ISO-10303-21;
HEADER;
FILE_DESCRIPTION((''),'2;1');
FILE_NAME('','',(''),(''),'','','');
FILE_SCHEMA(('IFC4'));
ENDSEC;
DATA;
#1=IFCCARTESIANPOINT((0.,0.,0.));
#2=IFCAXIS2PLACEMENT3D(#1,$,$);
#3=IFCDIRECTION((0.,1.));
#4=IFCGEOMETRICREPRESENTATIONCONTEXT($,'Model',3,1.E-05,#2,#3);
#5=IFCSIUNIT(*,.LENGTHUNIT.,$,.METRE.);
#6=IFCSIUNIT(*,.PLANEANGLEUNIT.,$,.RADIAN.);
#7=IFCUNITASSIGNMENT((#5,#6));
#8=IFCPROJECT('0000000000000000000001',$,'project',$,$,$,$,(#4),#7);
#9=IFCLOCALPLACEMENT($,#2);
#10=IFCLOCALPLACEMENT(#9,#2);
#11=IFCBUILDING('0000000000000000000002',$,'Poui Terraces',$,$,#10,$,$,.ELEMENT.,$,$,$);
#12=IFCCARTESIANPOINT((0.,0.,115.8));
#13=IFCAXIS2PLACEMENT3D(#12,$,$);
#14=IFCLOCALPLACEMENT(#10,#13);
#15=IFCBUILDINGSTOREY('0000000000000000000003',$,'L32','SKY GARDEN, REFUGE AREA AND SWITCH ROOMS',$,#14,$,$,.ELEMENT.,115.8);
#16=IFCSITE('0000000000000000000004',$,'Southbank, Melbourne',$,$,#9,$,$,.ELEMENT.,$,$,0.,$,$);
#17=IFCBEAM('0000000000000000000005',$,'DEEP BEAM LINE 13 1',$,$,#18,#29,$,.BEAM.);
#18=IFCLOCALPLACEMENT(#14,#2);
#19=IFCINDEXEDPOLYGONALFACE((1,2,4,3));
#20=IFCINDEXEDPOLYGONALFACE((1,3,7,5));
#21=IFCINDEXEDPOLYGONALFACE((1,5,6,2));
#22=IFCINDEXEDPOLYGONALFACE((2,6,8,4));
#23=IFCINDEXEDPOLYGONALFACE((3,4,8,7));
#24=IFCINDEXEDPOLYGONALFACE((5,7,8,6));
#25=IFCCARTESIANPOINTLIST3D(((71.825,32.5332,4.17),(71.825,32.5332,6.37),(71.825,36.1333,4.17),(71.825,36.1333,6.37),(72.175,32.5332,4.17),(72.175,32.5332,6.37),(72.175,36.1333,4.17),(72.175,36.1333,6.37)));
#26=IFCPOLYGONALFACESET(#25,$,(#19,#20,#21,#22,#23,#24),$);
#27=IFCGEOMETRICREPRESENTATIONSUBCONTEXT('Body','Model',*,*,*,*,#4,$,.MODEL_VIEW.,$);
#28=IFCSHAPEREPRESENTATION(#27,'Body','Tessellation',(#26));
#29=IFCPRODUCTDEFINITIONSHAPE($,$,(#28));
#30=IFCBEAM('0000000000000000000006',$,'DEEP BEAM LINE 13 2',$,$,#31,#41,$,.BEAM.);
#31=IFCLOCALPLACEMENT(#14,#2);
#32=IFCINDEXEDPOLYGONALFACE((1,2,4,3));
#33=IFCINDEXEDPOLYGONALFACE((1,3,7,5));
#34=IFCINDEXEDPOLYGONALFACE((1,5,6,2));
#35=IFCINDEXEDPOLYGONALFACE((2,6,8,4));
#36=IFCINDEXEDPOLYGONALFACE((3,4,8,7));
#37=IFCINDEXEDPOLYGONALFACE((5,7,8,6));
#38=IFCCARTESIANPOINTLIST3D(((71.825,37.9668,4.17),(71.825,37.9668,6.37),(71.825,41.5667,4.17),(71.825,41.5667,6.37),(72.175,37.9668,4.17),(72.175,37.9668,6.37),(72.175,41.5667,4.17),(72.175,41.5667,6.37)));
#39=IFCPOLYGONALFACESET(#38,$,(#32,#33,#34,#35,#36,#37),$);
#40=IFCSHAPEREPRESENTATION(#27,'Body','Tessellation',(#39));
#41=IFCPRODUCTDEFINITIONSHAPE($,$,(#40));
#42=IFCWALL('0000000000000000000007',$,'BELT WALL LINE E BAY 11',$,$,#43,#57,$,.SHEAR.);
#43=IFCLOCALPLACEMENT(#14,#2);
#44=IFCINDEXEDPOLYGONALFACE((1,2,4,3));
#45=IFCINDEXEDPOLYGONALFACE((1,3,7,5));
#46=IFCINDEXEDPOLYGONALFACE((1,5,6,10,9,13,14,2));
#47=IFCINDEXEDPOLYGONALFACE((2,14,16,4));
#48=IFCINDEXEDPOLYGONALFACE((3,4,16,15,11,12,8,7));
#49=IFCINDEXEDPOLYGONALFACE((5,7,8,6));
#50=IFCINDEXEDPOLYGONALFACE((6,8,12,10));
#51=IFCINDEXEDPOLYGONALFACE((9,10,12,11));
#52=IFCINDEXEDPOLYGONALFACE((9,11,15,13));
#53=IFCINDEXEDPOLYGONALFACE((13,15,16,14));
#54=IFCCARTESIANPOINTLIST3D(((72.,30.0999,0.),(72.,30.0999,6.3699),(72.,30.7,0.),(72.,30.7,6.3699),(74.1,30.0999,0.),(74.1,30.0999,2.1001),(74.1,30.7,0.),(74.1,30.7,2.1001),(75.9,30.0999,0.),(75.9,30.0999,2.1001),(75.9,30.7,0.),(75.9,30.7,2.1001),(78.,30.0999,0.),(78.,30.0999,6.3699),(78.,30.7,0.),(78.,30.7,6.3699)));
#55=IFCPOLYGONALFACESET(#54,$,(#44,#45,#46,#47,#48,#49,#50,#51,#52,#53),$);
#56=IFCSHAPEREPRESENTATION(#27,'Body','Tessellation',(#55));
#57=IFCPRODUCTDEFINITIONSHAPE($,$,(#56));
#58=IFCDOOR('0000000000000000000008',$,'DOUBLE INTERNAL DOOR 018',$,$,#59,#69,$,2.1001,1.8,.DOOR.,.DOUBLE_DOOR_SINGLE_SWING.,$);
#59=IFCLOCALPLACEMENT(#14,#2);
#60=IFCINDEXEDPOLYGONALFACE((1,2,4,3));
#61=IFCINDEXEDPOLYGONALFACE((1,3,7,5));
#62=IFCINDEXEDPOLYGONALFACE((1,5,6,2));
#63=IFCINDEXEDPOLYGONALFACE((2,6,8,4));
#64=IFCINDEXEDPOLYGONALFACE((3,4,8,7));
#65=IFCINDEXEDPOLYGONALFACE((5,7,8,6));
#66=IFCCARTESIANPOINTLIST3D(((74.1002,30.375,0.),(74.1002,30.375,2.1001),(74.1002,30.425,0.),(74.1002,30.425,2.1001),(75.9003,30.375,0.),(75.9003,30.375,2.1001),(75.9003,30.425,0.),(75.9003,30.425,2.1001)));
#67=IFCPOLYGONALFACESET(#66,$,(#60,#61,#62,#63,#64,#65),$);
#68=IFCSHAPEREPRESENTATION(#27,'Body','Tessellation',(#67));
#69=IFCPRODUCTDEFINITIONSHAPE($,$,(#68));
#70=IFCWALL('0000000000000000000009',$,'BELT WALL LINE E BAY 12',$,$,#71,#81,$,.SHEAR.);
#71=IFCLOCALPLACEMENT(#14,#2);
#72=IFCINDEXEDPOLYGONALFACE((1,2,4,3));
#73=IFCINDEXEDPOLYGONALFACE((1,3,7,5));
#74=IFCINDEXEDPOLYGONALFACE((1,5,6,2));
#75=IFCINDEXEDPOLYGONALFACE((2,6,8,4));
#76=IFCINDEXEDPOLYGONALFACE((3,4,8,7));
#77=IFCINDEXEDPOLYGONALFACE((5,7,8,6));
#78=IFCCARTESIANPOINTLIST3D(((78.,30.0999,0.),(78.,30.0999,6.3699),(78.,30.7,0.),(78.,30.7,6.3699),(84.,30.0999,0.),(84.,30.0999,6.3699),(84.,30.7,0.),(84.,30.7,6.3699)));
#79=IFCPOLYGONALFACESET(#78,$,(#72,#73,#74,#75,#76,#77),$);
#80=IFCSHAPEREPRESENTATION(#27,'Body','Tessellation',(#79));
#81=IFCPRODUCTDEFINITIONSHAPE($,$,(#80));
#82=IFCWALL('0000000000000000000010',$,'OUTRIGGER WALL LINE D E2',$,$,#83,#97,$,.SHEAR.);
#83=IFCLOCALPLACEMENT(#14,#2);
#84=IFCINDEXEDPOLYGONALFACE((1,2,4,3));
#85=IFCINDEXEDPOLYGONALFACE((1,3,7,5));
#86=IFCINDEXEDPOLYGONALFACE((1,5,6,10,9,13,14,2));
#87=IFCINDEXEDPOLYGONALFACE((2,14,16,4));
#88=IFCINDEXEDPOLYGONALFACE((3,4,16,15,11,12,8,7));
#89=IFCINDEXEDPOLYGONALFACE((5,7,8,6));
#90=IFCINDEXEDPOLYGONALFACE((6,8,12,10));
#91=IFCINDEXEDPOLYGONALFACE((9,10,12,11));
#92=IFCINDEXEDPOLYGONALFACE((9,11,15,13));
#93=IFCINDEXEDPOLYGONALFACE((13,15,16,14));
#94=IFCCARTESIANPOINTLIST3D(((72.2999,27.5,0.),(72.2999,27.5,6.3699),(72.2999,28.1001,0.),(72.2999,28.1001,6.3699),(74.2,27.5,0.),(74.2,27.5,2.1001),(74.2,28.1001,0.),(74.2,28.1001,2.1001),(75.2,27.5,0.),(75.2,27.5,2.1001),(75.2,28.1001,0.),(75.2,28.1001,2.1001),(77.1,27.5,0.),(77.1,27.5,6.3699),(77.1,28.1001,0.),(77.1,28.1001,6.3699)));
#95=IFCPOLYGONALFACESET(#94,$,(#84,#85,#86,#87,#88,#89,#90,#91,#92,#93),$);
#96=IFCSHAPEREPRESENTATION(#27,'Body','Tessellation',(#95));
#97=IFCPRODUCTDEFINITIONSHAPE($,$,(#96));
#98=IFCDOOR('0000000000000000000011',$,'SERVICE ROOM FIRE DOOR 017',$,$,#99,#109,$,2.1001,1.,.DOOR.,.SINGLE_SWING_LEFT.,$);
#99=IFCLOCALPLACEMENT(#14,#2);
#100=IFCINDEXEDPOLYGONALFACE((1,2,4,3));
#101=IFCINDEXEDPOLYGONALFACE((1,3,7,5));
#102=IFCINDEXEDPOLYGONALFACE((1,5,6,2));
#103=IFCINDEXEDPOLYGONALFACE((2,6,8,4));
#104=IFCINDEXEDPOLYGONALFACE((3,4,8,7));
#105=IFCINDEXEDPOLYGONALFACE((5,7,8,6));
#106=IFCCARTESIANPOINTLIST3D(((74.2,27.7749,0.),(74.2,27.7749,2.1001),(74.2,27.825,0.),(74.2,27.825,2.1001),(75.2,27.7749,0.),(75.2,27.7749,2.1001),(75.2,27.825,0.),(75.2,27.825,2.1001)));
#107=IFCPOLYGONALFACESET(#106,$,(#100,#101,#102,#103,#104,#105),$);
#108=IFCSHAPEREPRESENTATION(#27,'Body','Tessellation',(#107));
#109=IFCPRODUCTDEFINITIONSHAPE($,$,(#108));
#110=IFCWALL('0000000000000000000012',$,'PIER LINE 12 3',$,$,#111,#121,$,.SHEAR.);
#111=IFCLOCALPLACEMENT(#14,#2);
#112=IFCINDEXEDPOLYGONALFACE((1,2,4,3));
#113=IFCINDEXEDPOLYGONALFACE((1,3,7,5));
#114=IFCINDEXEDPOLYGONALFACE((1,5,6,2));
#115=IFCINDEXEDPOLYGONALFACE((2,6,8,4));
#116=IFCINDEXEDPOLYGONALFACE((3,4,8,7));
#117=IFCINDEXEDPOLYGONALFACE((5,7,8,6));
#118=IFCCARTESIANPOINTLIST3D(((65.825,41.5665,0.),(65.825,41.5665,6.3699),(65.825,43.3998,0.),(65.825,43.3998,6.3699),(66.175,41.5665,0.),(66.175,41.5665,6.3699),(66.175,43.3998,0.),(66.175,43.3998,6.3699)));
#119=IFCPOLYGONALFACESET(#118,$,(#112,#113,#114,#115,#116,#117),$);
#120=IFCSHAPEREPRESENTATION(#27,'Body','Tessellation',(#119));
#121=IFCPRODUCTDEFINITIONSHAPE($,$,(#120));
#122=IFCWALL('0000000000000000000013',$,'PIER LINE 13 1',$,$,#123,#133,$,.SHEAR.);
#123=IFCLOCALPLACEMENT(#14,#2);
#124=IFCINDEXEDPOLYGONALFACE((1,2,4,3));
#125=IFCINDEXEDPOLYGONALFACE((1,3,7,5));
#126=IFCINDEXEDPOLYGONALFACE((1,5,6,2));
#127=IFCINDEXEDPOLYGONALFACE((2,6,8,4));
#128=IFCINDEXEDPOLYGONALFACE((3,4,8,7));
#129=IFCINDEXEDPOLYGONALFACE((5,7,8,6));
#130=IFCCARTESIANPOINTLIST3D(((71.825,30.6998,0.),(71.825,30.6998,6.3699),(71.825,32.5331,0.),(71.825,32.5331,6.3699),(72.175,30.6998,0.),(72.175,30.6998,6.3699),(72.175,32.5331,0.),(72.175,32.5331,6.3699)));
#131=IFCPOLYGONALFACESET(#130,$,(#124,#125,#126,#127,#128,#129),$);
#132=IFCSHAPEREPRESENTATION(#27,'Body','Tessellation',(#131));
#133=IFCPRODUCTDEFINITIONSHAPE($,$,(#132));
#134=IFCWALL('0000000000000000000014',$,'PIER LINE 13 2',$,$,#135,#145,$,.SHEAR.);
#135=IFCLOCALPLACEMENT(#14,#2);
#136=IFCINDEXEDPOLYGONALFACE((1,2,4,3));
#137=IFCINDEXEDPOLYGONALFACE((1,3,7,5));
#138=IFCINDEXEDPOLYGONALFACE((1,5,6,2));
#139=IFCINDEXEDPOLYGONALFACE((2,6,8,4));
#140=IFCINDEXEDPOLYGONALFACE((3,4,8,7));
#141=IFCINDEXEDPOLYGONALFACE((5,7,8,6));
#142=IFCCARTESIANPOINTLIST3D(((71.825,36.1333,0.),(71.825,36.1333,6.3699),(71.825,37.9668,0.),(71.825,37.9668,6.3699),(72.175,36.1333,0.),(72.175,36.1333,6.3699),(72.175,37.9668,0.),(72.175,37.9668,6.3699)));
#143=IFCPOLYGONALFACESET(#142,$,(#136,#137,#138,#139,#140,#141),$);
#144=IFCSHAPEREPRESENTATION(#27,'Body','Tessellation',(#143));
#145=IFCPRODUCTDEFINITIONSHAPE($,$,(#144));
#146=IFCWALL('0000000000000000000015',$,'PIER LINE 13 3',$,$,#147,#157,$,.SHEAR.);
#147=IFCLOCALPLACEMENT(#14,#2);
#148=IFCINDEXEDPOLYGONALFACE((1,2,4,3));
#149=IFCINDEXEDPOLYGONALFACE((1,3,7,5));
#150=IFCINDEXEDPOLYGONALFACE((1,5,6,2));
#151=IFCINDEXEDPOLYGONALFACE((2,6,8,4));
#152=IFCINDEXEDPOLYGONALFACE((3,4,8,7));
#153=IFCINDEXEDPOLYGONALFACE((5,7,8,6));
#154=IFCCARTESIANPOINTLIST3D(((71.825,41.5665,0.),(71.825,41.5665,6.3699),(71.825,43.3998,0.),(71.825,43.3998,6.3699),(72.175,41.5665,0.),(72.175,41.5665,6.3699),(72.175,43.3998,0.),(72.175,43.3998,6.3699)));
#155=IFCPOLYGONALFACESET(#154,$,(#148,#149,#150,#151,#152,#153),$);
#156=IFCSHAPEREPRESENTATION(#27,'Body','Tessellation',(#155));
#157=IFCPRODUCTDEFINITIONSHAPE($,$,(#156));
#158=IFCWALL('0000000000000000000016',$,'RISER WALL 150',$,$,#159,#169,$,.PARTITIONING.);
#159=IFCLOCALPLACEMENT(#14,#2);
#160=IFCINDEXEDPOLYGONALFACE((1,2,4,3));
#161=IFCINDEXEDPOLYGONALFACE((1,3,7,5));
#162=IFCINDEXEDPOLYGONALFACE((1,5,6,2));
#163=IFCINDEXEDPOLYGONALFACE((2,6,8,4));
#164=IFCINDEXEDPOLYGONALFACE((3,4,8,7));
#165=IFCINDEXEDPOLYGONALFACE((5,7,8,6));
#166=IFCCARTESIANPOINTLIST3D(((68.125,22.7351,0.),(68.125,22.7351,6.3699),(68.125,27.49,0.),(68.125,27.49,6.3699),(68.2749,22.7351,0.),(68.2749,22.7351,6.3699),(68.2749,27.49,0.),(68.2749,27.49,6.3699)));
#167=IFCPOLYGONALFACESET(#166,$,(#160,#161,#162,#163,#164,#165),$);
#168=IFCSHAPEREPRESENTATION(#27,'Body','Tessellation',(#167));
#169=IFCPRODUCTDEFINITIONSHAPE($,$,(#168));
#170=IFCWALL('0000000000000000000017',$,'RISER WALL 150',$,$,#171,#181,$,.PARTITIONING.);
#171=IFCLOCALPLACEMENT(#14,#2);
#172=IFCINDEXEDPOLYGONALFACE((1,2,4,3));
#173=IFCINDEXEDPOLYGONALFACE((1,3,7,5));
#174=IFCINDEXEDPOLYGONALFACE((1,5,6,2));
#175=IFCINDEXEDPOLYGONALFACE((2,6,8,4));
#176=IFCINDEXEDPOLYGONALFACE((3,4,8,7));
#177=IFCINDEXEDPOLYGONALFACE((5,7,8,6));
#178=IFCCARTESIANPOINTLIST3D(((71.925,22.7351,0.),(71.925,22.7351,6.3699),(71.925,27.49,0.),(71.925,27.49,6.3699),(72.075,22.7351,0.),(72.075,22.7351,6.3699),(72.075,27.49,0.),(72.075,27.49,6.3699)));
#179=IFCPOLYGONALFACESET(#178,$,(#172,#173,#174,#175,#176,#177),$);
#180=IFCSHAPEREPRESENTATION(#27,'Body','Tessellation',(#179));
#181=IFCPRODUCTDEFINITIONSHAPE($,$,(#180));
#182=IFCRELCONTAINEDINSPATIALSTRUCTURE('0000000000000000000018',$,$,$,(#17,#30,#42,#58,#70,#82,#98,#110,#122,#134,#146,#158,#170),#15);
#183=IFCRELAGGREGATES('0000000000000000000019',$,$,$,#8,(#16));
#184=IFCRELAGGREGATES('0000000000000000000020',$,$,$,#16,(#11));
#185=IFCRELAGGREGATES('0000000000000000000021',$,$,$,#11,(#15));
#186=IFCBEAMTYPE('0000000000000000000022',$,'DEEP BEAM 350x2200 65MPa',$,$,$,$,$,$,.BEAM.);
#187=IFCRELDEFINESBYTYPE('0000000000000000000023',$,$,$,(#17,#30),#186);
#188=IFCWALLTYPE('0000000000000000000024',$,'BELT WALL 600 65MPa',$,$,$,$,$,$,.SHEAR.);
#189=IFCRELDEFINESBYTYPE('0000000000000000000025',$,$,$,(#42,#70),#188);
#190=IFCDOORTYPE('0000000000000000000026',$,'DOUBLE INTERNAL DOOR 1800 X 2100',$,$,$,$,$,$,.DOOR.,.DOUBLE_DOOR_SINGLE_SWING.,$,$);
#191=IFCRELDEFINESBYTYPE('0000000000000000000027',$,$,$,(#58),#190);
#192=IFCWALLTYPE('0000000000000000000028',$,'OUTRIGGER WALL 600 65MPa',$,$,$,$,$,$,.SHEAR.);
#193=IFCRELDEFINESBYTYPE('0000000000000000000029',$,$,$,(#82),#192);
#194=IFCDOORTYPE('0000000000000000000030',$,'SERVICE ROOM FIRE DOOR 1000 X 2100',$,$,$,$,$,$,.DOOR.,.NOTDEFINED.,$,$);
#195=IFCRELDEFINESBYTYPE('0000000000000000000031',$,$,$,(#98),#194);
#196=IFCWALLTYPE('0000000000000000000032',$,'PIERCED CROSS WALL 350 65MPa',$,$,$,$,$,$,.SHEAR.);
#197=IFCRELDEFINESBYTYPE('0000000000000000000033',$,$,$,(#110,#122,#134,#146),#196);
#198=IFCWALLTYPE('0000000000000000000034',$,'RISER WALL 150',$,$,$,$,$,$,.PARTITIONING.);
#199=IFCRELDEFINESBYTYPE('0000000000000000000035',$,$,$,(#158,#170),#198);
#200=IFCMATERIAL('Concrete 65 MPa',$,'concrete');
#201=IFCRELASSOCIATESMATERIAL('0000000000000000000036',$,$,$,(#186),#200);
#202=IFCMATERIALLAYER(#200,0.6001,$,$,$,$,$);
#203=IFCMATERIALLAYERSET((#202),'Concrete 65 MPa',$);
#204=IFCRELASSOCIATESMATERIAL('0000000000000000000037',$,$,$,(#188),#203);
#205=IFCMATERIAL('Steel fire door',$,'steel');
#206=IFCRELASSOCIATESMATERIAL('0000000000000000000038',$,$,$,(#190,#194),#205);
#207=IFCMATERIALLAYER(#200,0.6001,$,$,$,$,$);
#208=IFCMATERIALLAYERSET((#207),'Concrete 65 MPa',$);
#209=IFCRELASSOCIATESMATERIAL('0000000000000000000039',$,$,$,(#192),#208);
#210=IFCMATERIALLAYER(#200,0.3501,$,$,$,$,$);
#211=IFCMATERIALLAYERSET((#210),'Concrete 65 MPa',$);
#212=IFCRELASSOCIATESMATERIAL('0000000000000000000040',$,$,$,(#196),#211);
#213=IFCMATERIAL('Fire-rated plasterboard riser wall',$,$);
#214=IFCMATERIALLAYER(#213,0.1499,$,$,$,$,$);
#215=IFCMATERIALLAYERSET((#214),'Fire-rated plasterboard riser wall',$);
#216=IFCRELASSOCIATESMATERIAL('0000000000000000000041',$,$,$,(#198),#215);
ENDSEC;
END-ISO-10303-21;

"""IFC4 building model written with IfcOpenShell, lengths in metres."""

from ifc_helpers import new_model, si_unit, direction, frame, frame_2d, origin, origin_2d, place, context, subcontext, project, spatial, rectangle, extrude, source, transform, mapped, material, layer, layer_set, material_profile, profile_set, type_object, element, fill, save


model = new_model("IFC4")

# Units and contexts
model_context = context("Model", 3, precision=1e-05, world=origin(), true_north=direction((0.0, 1.0)))
body_context = subcontext(model_context, "Body", "Model", "MODEL_VIEW")
ifc_project = project(units=[si_unit("LENGTHUNIT", "METRE"), si_unit("PLANEANGLEUNIT", "RADIAN")], contexts=[model_context])

# Site, building, storey
site_placement = place(None, origin())
site = spatial("IfcSite", under=ifc_project, at=site_placement, Name="Southbank, Melbourne", CompositionType="ELEMENT", RefElevation=0.0)
building_placement = place(site_placement, origin())
building = spatial("IfcBuilding", under=site, at=building_placement, Name="Poui Terraces", CompositionType="ELEMENT")
storey_placement = place(building_placement, frame((0.0, 0.0, 115.8)))
storey = spatial("IfcBuildingStorey", under=building, at=storey_placement, Name="L32", Description="SKY GARDEN, REFUGE AREA AND SWITCH ROOMS", CompositionType="ELEMENT", Elevation=115.8)

# Beams
ifc_material_1 = material(Name="Concrete 65 MPa", Category="concrete")
ifc_material_profile = material_profile(ifc_material_1, rectangle(XDim=0.3501, YDim=2.2, at=origin_2d()), Name="RC 350x2200")
ifc_profile_set = profile_set([ifc_material_profile], Name="Concrete 65 MPa")
beam_type = type_object("IfcBeamType", Name="DEEP BEAM 350x2200 65MPa", PredefinedType="BEAM", material=ifc_profile_set)
shared_shape_1 = source(origin(), body_context, "Body", "SweptSolid", [
    extrude(rectangle(XDim=0.3501, YDim=2.2, at=origin_2d()), origin(), (0.0, 0.0, 1.0), 3.6001),
])
beam_1_placement = place(storey_placement, frame((72.0, 32.5332, 5.27), z_axis=(0.0, 1.0, 0.0), x_axis=(-1.0, 0.0, 0.0)))
element("IfcBeam", 1, at=beam_1_placement, inside=storey, type_object=beam_type, Name="DEEP BEAM LINE 13 1", PredefinedType="BEAM", context=body_context, shape_type="MappedRepresentation", body=[
    mapped(shared_shape_1, transform((0.0, 0.0, 0.0))),
])
shared_shape_2 = source(origin(), body_context, "Body", "SweptSolid", [
    extrude(rectangle(XDim=0.3501, YDim=2.2, at=origin_2d()), origin(), (0.0, 0.0, 1.0), 3.5999),
])
beam_2_placement = place(storey_placement, frame((72.0, 37.9668, 5.27), z_axis=(0.0, 1.0, 0.0), x_axis=(-1.0, 0.0, 0.0)))
element("IfcBeam", 2, at=beam_2_placement, inside=storey, type_object=beam_type, Name="DEEP BEAM LINE 13 2", PredefinedType="BEAM", context=body_context, shape_type="MappedRepresentation", body=[
    mapped(shared_shape_2, transform((0.0, 0.0, 0.0))),
])

# Wall, opening, door
ifc_layer_1 = layer(ifc_material_1, 0.6001)
ifc_layer_set_1 = layer_set([ifc_layer_1], Name="Concrete 65 MPa")
wall_type_1 = type_object("IfcWallType", Name="BELT WALL 600 65MPa", PredefinedType="SHEAR", material=ifc_layer_set_1)
wall_1_placement = place(storey_placement, frame((72.0, 30.3999, 0.0), z_axis=(0.0, 0.0, 1.0), x_axis=(1.0, 0.0, 0.0)))
wall_1 = element("IfcWall", 3, at=wall_1_placement, inside=storey, type_object=wall_type_1, Name="BELT WALL LINE E BAY 11", PredefinedType="SHEAR", context=body_context, shape_type="SweptSolid", body=[
    extrude(rectangle(XDim=6.0, YDim=0.6001, at=frame_2d((3.0, 0.0))), origin(), (0.0, 0.0, 1.0), 6.3699),
])
opening_1_placement = place(wall_1_placement, frame((2.1001, 0.0, 0.0)))
opening_1 = element("IfcOpeningElement", 4, at=opening_1_placement, cuts=wall_1, PredefinedType="OPENING", context=body_context, shape_type="SweptSolid", body=[
    extrude(rectangle(XDim=1.8, YDim=2.1001, at=frame_2d((0.8999, 1.05))), frame((0.0, 0.3101, 0.0), z_axis=(0.0, -1.0, 0.0), x_axis=(1.0, 0.0, 0.0)), (0.0, 0.0, 1.0), 0.6201),
])
ifc_material_2 = material(Name="Steel fire door", Category="steel")
door_type_1 = type_object("IfcDoorType", Name="DOUBLE INTERNAL DOOR 1800 X 2100", OperationType="DOUBLE_DOOR_SINGLE_SWING", PredefinedType="DOOR", material=ifc_material_2)
door_1_placement = place(opening_1_placement, frame((1.8, 0.0, 0.0), z_axis=(0.0, 0.0, 1.0), x_axis=(-1.0, 0.0, 0.0)))
door_1 = element("IfcDoor", 5, at=door_1_placement, inside=storey, type_object=door_type_1, Name="DOUBLE INTERNAL DOOR 018", OperationType="DOUBLE_DOOR_SINGLE_SWING", OverallHeight=2.1001, OverallWidth=1.8, PredefinedType="DOOR", context=body_context, shape_type="SweptSolid", body=[
    extrude(rectangle(XDim=1.8, YDim=2.1001, at=frame_2d((0.8999, 1.05))), frame((0.0, 0.0249, 0.0), z_axis=(0.0, -1.0, 0.0), x_axis=(1.0, 0.0, 0.0)), (0.0, 0.0, 1.0), 0.05),
])
fill(opening_1, door_1)

# Wall
wall_2_placement = place(storey_placement, frame((78.0, 30.3999, 0.0), z_axis=(0.0, 0.0, 1.0), x_axis=(1.0, 0.0, 0.0)))
element("IfcWall", 6, at=wall_2_placement, inside=storey, type_object=wall_type_1, Name="BELT WALL LINE E BAY 12", PredefinedType="SHEAR", context=body_context, shape_type="SweptSolid", body=[
    extrude(rectangle(XDim=6.0, YDim=0.6001, at=frame_2d((3.0, 0.0))), origin(), (0.0, 0.0, 1.0), 6.3699),
])

# Wall, opening, door
ifc_layer_2 = layer(ifc_material_1, 0.6001)
ifc_layer_set_2 = layer_set([ifc_layer_2], Name="Concrete 65 MPa")
wall_type_2 = type_object("IfcWallType", Name="OUTRIGGER WALL 600 65MPa", PredefinedType="SHEAR", material=ifc_layer_set_2)
wall_3_placement = place(storey_placement, frame((72.3, 27.8, 0.0), z_axis=(0.0, 0.0, 1.0), x_axis=(1.0, 0.0, 0.0)))
wall_3 = element("IfcWall", 7, at=wall_3_placement, inside=storey, type_object=wall_type_2, Name="OUTRIGGER WALL LINE D E2", PredefinedType="SHEAR", context=body_context, shape_type="SweptSolid", body=[
    extrude(rectangle(XDim=4.8, YDim=0.6001, at=frame_2d((2.3999, 0.0))), origin(), (0.0, 0.0, 1.0), 6.3699),
])
opening_2_placement = place(wall_3_placement, frame((1.8999, 0.0, 0.0)))
opening_2 = element("IfcOpeningElement", 8, at=opening_2_placement, cuts=wall_3, PredefinedType="OPENING", context=body_context, shape_type="SweptSolid", body=[
    extrude(rectangle(XDim=1.0, YDim=2.1001, at=frame_2d((0.5, 1.05))), frame((0.0, 0.3101, 0.0), z_axis=(0.0, -1.0, 0.0), x_axis=(1.0, 0.0, 0.0)), (0.0, 0.0, 1.0), 0.6201),
])
door_type_2 = type_object("IfcDoorType", Name="SERVICE ROOM FIRE DOOR 1000 X 2100", OperationType="NOTDEFINED", PredefinedType="DOOR", material=ifc_material_2)
door_2_placement = place(opening_2_placement, origin())
door_2 = element("IfcDoor", 9, at=door_2_placement, inside=storey, type_object=door_type_2, Name="SERVICE ROOM FIRE DOOR 017", OperationType="SINGLE_SWING_LEFT", OverallHeight=2.1001, OverallWidth=1.0, PredefinedType="DOOR", context=body_context, shape_type="SweptSolid", body=[
    extrude(rectangle(XDim=1.0, YDim=2.1001, at=frame_2d((0.5, 1.05))), frame((0.0, 0.0249, 0.0), z_axis=(0.0, -1.0, 0.0), x_axis=(1.0, 0.0, 0.0)), (0.0, 0.0, 1.0), 0.05),
])
fill(opening_2, door_2)

# Walls
ifc_layer_3 = layer(ifc_material_1, 0.3501)
ifc_layer_set_3 = layer_set([ifc_layer_3], Name="Concrete 65 MPa")
wall_type_3 = type_object("IfcWallType", Name="PIERCED CROSS WALL 350 65MPa", PredefinedType="SHEAR", material=ifc_layer_set_3)
for number, where, z_axis, x_axis, name in (
    (10, (66.0, 41.5667, 0.0), (0.0, 0.0, 1.0), (0.0, 1.0, 0.0), "PIER LINE 12 3"),
    (11, (72.0, 30.7, 0.0), (0.0, 0.0, 1.0), (0.0, 1.0, 0.0), "PIER LINE 13 1"),
):
    element("IfcWall", number, at=place(storey_placement, frame(where, z_axis=z_axis, x_axis=x_axis)), inside=storey, type_object=wall_type_3, Name=name, PredefinedType="SHEAR", context=body_context, shape_type="SweptSolid", body=[
        extrude(rectangle(XDim=1.8333, YDim=0.3501, at=frame_2d((0.9165, 0.0))), origin(), (0.0, 0.0, 1.0), 6.3699),
    ])
wall_4_placement = place(storey_placement, frame((72.0, 36.1333, 0.0), z_axis=(0.0, 0.0, 1.0), x_axis=(0.0, 1.0, 0.0)))
element("IfcWall", 12, at=wall_4_placement, inside=storey, type_object=wall_type_3, Name="PIER LINE 13 2", PredefinedType="SHEAR", context=body_context, shape_type="SweptSolid", body=[
    extrude(rectangle(XDim=1.8335, YDim=0.3501, at=frame_2d((0.9167, 0.0))), origin(), (0.0, 0.0, 1.0), 6.3699),
])
wall_5_placement = place(storey_placement, frame((72.0, 41.5667, 0.0), z_axis=(0.0, 0.0, 1.0), x_axis=(0.0, 1.0, 0.0)))
element("IfcWall", 13, at=wall_5_placement, inside=storey, type_object=wall_type_3, Name="PIER LINE 13 3", PredefinedType="SHEAR", context=body_context, shape_type="SweptSolid", body=[
    extrude(rectangle(XDim=1.8333, YDim=0.3501, at=frame_2d((0.9165, 0.0))), origin(), (0.0, 0.0, 1.0), 6.3699),
])
ifc_material_3 = material(Name="Fire-rated plasterboard riser wall")
ifc_layer_4 = layer(ifc_material_3, 0.1499)
ifc_layer_set_4 = layer_set([ifc_layer_4], Name="Fire-rated plasterboard riser wall")
wall_type_4 = type_object("IfcWallType", Name="RISER WALL 150", PredefinedType="PARTITIONING", material=ifc_layer_set_4)
for number, where, z_axis, x_axis, name in (
    (14, (68.2, 22.7351, 0.0), (0.0, 0.0, 1.0), (0.0, 1.0, 0.0), "RISER WALL 150"),
    (15, (72.0, 22.7351, 0.0), (0.0, 0.0, 1.0), (0.0, 1.0, 0.0), "RISER WALL 150"),
):
    element("IfcWall", number, at=place(storey_placement, frame(where, z_axis=z_axis, x_axis=x_axis)), inside=storey, type_object=wall_type_4, Name=name, PredefinedType="PARTITIONING", context=body_context, shape_type="SweptSolid", body=[
        extrude(rectangle(XDim=4.7549, YDim=0.1499, at=frame_2d((2.3774, 0.0))), origin(), (0.0, 0.0, 1.0), 6.3699),
    ])

save(model, "model.ifc")
